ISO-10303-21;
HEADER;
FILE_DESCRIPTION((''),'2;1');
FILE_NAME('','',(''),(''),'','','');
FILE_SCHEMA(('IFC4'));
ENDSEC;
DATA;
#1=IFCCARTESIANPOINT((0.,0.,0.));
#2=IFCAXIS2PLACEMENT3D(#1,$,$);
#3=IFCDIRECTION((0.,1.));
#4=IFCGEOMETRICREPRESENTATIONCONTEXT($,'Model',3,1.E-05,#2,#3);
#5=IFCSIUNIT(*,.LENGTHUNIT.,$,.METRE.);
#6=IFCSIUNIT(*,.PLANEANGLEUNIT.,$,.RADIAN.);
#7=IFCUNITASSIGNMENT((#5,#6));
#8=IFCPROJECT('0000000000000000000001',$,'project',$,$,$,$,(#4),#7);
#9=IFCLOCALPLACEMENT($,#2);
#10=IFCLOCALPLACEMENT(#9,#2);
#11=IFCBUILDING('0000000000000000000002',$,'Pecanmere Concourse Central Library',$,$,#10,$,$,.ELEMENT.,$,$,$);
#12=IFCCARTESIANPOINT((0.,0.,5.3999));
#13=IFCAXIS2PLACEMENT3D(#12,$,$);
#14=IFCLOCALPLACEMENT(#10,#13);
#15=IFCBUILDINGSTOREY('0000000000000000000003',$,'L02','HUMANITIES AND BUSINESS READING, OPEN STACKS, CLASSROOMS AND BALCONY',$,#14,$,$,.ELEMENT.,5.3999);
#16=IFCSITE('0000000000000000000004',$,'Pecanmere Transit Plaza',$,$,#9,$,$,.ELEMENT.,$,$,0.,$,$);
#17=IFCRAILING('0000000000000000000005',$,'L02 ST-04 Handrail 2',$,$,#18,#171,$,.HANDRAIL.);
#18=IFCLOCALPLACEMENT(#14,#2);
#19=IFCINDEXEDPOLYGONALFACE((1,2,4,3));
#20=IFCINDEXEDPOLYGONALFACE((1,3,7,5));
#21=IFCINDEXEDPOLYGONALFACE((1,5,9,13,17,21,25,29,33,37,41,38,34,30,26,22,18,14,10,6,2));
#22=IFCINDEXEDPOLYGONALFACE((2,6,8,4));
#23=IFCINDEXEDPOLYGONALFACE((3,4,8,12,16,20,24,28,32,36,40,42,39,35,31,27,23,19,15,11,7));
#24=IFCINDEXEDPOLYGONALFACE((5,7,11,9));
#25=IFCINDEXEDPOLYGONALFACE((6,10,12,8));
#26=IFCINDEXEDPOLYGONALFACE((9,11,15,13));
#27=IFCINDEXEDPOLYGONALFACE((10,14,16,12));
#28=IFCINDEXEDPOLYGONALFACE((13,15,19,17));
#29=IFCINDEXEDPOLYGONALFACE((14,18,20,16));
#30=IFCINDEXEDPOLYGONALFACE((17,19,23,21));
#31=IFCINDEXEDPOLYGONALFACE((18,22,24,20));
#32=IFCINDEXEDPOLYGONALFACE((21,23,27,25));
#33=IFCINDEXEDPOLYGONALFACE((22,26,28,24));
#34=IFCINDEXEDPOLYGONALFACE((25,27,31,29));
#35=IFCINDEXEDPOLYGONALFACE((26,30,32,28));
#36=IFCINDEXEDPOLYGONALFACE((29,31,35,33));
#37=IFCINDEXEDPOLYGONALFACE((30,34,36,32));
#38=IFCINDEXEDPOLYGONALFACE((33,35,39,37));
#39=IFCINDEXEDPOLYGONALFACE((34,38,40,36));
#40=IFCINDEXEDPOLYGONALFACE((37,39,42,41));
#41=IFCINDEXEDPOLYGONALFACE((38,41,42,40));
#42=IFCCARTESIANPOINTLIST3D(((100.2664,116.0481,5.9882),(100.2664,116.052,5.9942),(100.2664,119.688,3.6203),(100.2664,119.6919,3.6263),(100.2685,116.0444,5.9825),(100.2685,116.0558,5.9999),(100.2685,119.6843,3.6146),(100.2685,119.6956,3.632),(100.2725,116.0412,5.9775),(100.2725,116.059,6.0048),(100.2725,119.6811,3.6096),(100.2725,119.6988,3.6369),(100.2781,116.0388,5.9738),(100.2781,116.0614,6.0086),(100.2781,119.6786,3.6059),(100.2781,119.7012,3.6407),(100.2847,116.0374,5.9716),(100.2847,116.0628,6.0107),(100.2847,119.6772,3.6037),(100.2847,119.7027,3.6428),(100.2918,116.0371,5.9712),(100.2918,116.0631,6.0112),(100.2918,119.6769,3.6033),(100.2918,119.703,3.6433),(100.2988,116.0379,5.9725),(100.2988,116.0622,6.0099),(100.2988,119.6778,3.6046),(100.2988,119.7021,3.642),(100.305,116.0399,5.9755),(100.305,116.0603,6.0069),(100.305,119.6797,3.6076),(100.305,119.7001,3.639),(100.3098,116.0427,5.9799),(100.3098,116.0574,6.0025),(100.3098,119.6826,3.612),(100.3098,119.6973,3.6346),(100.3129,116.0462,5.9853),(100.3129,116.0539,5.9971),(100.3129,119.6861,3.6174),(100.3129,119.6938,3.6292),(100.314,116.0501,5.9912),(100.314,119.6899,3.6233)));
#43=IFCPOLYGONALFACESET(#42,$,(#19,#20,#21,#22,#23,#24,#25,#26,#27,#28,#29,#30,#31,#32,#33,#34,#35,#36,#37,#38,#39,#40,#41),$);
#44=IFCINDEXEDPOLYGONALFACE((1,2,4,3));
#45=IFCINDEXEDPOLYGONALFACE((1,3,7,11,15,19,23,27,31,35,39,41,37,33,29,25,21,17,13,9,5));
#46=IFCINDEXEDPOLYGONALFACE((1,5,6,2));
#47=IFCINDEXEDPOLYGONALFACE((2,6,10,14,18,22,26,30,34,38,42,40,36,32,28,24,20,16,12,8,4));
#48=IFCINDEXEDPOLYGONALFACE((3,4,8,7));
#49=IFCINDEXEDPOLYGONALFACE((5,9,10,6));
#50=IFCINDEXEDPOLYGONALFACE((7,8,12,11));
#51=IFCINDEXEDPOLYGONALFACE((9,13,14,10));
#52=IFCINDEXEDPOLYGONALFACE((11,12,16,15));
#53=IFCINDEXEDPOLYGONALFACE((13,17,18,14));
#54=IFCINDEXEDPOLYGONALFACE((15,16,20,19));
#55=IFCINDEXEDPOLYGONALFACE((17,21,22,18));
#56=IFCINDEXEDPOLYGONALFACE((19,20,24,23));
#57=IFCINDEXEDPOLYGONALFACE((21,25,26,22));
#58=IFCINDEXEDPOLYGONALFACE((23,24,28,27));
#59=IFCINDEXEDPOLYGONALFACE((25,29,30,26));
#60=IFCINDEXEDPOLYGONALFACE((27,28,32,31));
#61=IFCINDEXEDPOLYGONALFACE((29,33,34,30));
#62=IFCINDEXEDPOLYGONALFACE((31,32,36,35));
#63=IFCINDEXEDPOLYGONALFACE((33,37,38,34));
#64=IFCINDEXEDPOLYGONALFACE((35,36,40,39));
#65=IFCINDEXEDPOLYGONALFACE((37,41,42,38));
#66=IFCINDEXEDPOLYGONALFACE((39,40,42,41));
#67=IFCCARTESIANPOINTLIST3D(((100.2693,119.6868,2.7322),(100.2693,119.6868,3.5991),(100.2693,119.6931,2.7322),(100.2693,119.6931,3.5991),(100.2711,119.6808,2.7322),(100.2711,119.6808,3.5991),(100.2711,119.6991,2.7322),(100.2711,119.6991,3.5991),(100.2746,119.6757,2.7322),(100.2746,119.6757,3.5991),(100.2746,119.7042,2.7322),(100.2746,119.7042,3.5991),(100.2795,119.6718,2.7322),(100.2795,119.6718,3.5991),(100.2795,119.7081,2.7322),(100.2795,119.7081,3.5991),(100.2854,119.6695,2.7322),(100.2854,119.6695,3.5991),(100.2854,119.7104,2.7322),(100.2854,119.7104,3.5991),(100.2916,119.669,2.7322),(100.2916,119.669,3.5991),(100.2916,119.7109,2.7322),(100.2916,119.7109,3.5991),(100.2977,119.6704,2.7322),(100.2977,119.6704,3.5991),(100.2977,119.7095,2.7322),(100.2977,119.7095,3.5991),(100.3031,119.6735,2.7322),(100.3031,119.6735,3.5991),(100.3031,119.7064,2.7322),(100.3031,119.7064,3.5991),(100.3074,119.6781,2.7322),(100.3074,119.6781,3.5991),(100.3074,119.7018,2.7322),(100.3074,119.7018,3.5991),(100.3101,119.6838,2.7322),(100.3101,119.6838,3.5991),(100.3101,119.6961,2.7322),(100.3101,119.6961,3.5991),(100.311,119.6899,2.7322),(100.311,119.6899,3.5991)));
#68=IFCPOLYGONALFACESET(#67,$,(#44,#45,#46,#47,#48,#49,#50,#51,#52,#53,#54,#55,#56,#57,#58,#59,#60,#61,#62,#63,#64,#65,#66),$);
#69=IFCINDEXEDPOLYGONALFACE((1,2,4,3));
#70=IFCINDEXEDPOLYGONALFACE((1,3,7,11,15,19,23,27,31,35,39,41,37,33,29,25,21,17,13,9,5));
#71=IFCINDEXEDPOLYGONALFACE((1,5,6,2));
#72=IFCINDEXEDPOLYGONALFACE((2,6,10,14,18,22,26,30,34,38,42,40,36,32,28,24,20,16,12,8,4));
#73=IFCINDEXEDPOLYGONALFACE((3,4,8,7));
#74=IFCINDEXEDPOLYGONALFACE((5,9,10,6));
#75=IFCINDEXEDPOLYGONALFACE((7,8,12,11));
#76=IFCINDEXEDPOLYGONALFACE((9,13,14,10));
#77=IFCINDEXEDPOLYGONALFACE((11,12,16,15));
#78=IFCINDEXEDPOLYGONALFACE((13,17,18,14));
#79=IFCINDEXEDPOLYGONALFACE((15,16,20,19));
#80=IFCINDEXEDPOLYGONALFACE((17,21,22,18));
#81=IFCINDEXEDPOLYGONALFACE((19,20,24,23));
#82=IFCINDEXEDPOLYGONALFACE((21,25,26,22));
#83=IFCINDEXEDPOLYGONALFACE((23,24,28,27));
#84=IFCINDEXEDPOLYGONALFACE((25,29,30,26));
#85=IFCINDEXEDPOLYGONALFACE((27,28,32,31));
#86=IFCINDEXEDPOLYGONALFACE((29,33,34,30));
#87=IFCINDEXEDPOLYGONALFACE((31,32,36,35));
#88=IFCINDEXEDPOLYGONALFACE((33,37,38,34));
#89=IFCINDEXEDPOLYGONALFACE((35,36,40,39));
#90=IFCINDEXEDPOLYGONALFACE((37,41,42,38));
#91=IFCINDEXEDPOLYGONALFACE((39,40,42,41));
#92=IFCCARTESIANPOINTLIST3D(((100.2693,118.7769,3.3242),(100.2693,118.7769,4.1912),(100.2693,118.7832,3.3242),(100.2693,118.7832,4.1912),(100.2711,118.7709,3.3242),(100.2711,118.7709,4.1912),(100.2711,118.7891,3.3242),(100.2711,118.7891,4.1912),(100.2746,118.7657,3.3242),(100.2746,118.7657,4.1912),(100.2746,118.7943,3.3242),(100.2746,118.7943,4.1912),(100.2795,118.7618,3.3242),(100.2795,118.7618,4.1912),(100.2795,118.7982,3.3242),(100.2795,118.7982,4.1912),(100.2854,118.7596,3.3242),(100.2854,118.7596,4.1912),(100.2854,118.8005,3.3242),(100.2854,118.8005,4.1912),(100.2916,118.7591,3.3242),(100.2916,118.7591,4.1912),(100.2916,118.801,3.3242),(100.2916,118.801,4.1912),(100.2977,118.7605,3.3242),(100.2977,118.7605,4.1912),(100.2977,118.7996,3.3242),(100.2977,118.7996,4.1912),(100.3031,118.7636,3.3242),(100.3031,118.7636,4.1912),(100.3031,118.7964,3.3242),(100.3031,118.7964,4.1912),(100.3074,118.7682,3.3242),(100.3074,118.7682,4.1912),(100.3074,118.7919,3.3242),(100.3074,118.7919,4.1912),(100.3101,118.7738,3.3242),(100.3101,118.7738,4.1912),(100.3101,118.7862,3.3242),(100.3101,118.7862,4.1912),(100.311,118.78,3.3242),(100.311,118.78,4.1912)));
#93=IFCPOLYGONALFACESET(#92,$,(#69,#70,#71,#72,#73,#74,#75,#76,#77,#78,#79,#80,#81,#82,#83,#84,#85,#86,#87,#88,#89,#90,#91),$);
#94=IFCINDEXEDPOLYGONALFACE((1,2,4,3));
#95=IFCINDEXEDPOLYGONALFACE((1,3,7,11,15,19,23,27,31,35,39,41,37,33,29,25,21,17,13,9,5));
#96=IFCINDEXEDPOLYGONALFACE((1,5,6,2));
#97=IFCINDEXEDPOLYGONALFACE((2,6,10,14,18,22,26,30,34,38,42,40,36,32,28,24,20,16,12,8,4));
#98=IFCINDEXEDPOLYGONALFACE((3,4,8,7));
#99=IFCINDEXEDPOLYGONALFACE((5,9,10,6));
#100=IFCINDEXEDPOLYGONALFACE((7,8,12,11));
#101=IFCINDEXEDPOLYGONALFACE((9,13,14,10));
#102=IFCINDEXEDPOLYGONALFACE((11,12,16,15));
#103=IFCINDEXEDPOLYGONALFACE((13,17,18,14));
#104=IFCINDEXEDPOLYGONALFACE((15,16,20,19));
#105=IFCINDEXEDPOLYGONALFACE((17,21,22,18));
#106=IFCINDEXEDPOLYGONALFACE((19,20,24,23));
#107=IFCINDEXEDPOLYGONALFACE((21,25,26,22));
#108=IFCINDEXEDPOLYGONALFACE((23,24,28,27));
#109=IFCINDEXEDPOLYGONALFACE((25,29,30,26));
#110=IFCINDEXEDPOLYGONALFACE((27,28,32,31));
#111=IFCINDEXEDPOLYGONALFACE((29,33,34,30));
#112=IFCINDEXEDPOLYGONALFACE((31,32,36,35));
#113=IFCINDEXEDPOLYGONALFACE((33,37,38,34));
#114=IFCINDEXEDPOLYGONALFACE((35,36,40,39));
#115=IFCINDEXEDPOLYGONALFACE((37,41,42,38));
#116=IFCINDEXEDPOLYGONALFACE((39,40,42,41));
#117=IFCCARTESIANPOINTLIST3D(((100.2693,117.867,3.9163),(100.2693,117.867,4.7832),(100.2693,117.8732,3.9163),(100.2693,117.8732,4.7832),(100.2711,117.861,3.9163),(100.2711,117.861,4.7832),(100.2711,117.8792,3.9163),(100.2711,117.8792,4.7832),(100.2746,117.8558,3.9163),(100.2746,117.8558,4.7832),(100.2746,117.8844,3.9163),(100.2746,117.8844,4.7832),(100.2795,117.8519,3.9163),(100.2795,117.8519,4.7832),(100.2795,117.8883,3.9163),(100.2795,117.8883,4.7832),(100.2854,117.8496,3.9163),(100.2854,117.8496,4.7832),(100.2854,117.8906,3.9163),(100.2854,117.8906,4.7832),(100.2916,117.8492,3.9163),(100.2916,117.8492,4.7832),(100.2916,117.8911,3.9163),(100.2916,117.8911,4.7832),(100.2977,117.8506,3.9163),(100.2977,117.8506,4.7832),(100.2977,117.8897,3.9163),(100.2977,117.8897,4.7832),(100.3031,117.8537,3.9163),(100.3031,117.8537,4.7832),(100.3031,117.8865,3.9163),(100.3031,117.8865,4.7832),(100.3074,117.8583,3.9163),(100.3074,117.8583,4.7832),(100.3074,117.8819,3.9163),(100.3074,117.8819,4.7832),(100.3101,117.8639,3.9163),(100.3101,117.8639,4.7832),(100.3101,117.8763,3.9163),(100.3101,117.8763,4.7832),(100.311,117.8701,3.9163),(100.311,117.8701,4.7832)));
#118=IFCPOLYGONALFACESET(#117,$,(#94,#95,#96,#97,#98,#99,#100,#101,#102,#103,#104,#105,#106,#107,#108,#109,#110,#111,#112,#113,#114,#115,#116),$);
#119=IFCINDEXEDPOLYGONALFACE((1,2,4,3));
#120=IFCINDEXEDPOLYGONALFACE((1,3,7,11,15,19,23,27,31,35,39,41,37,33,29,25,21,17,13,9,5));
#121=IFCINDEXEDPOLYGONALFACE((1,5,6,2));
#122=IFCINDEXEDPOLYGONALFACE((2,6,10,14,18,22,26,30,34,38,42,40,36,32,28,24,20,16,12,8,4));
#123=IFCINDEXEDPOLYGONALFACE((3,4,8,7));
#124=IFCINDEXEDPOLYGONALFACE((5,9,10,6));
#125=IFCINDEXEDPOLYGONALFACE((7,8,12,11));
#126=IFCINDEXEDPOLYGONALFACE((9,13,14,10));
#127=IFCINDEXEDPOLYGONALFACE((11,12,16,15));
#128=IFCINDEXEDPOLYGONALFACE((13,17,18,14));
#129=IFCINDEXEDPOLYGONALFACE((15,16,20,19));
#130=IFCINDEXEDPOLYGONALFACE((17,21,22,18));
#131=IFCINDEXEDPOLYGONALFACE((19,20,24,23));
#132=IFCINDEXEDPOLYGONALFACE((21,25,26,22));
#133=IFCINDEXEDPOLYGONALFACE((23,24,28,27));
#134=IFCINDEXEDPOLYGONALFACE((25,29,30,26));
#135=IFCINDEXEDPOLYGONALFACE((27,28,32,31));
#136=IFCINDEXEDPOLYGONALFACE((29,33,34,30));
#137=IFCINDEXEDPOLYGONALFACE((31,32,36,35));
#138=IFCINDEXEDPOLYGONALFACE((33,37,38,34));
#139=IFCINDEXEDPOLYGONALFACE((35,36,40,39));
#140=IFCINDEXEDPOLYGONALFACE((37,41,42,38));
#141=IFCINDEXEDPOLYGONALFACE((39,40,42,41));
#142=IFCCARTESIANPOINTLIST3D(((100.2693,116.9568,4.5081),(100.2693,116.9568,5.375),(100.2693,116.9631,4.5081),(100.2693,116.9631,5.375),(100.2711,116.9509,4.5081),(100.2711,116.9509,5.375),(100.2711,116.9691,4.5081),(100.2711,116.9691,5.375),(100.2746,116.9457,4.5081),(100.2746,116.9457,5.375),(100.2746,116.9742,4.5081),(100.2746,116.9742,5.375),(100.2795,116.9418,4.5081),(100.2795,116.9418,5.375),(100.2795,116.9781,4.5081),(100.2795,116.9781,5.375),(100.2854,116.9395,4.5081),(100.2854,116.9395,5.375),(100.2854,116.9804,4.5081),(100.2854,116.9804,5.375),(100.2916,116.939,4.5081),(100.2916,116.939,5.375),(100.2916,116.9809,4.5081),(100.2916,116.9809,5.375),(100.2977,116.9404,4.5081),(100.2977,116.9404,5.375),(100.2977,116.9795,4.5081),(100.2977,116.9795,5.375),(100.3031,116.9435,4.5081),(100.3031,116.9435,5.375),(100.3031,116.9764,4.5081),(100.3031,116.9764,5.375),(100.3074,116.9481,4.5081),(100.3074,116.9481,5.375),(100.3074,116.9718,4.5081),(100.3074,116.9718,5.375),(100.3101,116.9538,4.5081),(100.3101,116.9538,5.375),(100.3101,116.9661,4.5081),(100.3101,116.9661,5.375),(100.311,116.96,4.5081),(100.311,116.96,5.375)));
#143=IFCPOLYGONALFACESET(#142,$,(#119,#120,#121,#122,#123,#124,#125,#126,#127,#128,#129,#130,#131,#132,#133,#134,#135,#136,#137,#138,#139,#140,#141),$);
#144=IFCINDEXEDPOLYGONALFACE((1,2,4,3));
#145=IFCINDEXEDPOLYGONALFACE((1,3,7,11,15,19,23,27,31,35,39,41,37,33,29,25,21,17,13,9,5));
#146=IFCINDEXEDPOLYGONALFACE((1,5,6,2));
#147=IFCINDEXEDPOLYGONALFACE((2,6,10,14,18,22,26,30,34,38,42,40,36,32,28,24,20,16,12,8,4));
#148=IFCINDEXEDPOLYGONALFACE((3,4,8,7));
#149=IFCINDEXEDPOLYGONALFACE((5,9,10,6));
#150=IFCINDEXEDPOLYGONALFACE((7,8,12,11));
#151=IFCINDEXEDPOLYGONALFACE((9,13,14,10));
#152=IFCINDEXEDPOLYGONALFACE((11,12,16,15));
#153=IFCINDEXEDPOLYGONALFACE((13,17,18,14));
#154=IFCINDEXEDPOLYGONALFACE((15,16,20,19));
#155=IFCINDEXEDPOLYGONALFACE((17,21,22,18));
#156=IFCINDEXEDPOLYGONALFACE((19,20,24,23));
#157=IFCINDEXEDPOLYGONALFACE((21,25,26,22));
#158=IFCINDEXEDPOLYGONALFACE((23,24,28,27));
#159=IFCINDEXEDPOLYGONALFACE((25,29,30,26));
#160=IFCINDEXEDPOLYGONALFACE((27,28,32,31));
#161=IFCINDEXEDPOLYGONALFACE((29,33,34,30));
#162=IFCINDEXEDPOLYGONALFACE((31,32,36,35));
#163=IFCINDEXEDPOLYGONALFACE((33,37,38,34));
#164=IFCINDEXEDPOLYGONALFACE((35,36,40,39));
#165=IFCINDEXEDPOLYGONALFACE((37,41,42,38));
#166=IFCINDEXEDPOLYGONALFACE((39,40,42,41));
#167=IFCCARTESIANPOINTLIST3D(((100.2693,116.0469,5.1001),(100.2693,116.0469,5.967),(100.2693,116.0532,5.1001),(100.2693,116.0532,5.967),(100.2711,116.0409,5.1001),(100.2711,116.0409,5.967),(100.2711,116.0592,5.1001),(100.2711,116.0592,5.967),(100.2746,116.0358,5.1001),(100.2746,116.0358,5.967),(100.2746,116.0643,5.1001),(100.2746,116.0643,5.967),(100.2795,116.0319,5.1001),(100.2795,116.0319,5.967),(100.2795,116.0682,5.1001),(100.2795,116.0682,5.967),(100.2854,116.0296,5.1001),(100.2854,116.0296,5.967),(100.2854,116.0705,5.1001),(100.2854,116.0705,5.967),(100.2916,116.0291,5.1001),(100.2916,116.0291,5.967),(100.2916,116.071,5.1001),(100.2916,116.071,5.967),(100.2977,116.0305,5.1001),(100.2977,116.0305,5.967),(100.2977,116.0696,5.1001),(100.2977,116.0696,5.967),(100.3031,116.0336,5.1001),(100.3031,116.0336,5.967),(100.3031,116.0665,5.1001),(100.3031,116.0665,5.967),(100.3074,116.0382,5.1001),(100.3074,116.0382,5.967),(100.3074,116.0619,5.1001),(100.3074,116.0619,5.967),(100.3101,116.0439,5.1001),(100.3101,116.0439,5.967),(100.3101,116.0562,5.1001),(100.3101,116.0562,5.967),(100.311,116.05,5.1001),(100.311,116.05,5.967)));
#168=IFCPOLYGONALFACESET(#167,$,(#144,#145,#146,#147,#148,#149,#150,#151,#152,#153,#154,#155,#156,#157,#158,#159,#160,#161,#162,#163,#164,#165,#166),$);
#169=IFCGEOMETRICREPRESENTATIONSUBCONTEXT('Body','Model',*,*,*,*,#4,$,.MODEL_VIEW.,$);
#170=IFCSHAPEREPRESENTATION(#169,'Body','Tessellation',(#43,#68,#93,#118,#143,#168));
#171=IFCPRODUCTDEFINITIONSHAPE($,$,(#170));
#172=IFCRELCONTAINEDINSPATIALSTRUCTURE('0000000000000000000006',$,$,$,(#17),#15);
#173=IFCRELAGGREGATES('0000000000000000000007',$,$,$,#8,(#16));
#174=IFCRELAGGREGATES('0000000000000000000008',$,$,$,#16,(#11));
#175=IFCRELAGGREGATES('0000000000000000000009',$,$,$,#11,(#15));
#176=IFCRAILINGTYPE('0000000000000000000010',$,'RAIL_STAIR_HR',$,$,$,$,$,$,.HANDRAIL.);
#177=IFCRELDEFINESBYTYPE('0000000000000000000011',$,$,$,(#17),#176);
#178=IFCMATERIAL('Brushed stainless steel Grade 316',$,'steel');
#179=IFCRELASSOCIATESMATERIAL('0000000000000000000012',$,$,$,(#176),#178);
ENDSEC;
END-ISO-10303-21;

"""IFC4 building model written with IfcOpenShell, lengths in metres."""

from ifc_helpers import new_model, si_unit, direction, frame, origin, origin_2d, place, context, subcontext, project, spatial, circle, extrude, material, type_object, element, save


model = new_model("IFC4")

# Units and contexts
model_context = context("Model", 3, precision=1e-05, world=origin(), true_north=direction((0.0, 1.0)))
body_context = subcontext(model_context, "Body", "Model", "MODEL_VIEW")
ifc_project = project(units=[si_unit("LENGTHUNIT", "METRE"), si_unit("PLANEANGLEUNIT", "RADIAN")], contexts=[model_context])

# Site, building, storey
site_placement = place(None, origin())
site = spatial("IfcSite", under=ifc_project, at=site_placement, Name="Pecanmere Transit Plaza", CompositionType="ELEMENT", RefElevation=0.0)
building_placement = place(site_placement, origin())
building = spatial("IfcBuilding", under=site, at=building_placement, Name="Pecanmere Concourse Central Library", CompositionType="ELEMENT")
storey_placement = place(building_placement, frame((0.0, 0.0, 5.3999)))
storey = spatial("IfcBuildingStorey", under=building, at=storey_placement, Name="L02", Description="HUMANITIES AND BUSINESS READING, OPEN STACKS, CLASSROOMS AND BALCONY", CompositionType="ELEMENT", Elevation=5.3999)

# Railing
ifc_material_1 = material(Name="Brushed stainless steel Grade 316", Category="steel")
railing_type_1 = type_object("IfcRailingType", Name="RAIL_STAIR_HR", PredefinedType="HANDRAIL", material=ifc_material_1)
railing_1_placement = place(storey_placement, frame((100.29, 119.6899, 2.7322)))
element("IfcRailing", 1, at=railing_1_placement, inside=storey, type_object=railing_type_1, Name="L02 ST-04 Handrail 2", PredefinedType="HANDRAIL", context=body_context, shape_type="SweptSolid", body=[
    extrude(circle(Radius=0.0239, at=origin_2d()), frame((0.0, 0.0, 0.8911), z_axis=(0.0, -0.838234, 0.54531), x_axis=(1.0, 0.0, 0.0)), (0.0, 0.0, 1.0), 4.3423),
    extrude(circle(Radius=0.021, at=origin_2d()), origin(), (0.0, 0.0, 1.0), 0.8669),
    extrude(circle(Radius=0.021, at=origin_2d()), frame((0.0, -0.9099, 0.592)), (0.0, 0.0, 1.0), 0.8669),
    extrude(circle(Radius=0.021, at=origin_2d()), frame((0.0, -1.8198, 1.1841)), (0.0, 0.0, 1.0), 0.8669),
    extrude(circle(Radius=0.021, at=origin_2d()), frame((0.0, -2.73, 1.7759)), (0.0, 0.0, 1.0), 0.8669),
    extrude(circle(Radius=0.021, at=origin_2d()), frame((0.0, -3.6399, 2.3679)), (0.0, 0.0, 1.0), 0.8669),
])

save(model, "model.ifc")
